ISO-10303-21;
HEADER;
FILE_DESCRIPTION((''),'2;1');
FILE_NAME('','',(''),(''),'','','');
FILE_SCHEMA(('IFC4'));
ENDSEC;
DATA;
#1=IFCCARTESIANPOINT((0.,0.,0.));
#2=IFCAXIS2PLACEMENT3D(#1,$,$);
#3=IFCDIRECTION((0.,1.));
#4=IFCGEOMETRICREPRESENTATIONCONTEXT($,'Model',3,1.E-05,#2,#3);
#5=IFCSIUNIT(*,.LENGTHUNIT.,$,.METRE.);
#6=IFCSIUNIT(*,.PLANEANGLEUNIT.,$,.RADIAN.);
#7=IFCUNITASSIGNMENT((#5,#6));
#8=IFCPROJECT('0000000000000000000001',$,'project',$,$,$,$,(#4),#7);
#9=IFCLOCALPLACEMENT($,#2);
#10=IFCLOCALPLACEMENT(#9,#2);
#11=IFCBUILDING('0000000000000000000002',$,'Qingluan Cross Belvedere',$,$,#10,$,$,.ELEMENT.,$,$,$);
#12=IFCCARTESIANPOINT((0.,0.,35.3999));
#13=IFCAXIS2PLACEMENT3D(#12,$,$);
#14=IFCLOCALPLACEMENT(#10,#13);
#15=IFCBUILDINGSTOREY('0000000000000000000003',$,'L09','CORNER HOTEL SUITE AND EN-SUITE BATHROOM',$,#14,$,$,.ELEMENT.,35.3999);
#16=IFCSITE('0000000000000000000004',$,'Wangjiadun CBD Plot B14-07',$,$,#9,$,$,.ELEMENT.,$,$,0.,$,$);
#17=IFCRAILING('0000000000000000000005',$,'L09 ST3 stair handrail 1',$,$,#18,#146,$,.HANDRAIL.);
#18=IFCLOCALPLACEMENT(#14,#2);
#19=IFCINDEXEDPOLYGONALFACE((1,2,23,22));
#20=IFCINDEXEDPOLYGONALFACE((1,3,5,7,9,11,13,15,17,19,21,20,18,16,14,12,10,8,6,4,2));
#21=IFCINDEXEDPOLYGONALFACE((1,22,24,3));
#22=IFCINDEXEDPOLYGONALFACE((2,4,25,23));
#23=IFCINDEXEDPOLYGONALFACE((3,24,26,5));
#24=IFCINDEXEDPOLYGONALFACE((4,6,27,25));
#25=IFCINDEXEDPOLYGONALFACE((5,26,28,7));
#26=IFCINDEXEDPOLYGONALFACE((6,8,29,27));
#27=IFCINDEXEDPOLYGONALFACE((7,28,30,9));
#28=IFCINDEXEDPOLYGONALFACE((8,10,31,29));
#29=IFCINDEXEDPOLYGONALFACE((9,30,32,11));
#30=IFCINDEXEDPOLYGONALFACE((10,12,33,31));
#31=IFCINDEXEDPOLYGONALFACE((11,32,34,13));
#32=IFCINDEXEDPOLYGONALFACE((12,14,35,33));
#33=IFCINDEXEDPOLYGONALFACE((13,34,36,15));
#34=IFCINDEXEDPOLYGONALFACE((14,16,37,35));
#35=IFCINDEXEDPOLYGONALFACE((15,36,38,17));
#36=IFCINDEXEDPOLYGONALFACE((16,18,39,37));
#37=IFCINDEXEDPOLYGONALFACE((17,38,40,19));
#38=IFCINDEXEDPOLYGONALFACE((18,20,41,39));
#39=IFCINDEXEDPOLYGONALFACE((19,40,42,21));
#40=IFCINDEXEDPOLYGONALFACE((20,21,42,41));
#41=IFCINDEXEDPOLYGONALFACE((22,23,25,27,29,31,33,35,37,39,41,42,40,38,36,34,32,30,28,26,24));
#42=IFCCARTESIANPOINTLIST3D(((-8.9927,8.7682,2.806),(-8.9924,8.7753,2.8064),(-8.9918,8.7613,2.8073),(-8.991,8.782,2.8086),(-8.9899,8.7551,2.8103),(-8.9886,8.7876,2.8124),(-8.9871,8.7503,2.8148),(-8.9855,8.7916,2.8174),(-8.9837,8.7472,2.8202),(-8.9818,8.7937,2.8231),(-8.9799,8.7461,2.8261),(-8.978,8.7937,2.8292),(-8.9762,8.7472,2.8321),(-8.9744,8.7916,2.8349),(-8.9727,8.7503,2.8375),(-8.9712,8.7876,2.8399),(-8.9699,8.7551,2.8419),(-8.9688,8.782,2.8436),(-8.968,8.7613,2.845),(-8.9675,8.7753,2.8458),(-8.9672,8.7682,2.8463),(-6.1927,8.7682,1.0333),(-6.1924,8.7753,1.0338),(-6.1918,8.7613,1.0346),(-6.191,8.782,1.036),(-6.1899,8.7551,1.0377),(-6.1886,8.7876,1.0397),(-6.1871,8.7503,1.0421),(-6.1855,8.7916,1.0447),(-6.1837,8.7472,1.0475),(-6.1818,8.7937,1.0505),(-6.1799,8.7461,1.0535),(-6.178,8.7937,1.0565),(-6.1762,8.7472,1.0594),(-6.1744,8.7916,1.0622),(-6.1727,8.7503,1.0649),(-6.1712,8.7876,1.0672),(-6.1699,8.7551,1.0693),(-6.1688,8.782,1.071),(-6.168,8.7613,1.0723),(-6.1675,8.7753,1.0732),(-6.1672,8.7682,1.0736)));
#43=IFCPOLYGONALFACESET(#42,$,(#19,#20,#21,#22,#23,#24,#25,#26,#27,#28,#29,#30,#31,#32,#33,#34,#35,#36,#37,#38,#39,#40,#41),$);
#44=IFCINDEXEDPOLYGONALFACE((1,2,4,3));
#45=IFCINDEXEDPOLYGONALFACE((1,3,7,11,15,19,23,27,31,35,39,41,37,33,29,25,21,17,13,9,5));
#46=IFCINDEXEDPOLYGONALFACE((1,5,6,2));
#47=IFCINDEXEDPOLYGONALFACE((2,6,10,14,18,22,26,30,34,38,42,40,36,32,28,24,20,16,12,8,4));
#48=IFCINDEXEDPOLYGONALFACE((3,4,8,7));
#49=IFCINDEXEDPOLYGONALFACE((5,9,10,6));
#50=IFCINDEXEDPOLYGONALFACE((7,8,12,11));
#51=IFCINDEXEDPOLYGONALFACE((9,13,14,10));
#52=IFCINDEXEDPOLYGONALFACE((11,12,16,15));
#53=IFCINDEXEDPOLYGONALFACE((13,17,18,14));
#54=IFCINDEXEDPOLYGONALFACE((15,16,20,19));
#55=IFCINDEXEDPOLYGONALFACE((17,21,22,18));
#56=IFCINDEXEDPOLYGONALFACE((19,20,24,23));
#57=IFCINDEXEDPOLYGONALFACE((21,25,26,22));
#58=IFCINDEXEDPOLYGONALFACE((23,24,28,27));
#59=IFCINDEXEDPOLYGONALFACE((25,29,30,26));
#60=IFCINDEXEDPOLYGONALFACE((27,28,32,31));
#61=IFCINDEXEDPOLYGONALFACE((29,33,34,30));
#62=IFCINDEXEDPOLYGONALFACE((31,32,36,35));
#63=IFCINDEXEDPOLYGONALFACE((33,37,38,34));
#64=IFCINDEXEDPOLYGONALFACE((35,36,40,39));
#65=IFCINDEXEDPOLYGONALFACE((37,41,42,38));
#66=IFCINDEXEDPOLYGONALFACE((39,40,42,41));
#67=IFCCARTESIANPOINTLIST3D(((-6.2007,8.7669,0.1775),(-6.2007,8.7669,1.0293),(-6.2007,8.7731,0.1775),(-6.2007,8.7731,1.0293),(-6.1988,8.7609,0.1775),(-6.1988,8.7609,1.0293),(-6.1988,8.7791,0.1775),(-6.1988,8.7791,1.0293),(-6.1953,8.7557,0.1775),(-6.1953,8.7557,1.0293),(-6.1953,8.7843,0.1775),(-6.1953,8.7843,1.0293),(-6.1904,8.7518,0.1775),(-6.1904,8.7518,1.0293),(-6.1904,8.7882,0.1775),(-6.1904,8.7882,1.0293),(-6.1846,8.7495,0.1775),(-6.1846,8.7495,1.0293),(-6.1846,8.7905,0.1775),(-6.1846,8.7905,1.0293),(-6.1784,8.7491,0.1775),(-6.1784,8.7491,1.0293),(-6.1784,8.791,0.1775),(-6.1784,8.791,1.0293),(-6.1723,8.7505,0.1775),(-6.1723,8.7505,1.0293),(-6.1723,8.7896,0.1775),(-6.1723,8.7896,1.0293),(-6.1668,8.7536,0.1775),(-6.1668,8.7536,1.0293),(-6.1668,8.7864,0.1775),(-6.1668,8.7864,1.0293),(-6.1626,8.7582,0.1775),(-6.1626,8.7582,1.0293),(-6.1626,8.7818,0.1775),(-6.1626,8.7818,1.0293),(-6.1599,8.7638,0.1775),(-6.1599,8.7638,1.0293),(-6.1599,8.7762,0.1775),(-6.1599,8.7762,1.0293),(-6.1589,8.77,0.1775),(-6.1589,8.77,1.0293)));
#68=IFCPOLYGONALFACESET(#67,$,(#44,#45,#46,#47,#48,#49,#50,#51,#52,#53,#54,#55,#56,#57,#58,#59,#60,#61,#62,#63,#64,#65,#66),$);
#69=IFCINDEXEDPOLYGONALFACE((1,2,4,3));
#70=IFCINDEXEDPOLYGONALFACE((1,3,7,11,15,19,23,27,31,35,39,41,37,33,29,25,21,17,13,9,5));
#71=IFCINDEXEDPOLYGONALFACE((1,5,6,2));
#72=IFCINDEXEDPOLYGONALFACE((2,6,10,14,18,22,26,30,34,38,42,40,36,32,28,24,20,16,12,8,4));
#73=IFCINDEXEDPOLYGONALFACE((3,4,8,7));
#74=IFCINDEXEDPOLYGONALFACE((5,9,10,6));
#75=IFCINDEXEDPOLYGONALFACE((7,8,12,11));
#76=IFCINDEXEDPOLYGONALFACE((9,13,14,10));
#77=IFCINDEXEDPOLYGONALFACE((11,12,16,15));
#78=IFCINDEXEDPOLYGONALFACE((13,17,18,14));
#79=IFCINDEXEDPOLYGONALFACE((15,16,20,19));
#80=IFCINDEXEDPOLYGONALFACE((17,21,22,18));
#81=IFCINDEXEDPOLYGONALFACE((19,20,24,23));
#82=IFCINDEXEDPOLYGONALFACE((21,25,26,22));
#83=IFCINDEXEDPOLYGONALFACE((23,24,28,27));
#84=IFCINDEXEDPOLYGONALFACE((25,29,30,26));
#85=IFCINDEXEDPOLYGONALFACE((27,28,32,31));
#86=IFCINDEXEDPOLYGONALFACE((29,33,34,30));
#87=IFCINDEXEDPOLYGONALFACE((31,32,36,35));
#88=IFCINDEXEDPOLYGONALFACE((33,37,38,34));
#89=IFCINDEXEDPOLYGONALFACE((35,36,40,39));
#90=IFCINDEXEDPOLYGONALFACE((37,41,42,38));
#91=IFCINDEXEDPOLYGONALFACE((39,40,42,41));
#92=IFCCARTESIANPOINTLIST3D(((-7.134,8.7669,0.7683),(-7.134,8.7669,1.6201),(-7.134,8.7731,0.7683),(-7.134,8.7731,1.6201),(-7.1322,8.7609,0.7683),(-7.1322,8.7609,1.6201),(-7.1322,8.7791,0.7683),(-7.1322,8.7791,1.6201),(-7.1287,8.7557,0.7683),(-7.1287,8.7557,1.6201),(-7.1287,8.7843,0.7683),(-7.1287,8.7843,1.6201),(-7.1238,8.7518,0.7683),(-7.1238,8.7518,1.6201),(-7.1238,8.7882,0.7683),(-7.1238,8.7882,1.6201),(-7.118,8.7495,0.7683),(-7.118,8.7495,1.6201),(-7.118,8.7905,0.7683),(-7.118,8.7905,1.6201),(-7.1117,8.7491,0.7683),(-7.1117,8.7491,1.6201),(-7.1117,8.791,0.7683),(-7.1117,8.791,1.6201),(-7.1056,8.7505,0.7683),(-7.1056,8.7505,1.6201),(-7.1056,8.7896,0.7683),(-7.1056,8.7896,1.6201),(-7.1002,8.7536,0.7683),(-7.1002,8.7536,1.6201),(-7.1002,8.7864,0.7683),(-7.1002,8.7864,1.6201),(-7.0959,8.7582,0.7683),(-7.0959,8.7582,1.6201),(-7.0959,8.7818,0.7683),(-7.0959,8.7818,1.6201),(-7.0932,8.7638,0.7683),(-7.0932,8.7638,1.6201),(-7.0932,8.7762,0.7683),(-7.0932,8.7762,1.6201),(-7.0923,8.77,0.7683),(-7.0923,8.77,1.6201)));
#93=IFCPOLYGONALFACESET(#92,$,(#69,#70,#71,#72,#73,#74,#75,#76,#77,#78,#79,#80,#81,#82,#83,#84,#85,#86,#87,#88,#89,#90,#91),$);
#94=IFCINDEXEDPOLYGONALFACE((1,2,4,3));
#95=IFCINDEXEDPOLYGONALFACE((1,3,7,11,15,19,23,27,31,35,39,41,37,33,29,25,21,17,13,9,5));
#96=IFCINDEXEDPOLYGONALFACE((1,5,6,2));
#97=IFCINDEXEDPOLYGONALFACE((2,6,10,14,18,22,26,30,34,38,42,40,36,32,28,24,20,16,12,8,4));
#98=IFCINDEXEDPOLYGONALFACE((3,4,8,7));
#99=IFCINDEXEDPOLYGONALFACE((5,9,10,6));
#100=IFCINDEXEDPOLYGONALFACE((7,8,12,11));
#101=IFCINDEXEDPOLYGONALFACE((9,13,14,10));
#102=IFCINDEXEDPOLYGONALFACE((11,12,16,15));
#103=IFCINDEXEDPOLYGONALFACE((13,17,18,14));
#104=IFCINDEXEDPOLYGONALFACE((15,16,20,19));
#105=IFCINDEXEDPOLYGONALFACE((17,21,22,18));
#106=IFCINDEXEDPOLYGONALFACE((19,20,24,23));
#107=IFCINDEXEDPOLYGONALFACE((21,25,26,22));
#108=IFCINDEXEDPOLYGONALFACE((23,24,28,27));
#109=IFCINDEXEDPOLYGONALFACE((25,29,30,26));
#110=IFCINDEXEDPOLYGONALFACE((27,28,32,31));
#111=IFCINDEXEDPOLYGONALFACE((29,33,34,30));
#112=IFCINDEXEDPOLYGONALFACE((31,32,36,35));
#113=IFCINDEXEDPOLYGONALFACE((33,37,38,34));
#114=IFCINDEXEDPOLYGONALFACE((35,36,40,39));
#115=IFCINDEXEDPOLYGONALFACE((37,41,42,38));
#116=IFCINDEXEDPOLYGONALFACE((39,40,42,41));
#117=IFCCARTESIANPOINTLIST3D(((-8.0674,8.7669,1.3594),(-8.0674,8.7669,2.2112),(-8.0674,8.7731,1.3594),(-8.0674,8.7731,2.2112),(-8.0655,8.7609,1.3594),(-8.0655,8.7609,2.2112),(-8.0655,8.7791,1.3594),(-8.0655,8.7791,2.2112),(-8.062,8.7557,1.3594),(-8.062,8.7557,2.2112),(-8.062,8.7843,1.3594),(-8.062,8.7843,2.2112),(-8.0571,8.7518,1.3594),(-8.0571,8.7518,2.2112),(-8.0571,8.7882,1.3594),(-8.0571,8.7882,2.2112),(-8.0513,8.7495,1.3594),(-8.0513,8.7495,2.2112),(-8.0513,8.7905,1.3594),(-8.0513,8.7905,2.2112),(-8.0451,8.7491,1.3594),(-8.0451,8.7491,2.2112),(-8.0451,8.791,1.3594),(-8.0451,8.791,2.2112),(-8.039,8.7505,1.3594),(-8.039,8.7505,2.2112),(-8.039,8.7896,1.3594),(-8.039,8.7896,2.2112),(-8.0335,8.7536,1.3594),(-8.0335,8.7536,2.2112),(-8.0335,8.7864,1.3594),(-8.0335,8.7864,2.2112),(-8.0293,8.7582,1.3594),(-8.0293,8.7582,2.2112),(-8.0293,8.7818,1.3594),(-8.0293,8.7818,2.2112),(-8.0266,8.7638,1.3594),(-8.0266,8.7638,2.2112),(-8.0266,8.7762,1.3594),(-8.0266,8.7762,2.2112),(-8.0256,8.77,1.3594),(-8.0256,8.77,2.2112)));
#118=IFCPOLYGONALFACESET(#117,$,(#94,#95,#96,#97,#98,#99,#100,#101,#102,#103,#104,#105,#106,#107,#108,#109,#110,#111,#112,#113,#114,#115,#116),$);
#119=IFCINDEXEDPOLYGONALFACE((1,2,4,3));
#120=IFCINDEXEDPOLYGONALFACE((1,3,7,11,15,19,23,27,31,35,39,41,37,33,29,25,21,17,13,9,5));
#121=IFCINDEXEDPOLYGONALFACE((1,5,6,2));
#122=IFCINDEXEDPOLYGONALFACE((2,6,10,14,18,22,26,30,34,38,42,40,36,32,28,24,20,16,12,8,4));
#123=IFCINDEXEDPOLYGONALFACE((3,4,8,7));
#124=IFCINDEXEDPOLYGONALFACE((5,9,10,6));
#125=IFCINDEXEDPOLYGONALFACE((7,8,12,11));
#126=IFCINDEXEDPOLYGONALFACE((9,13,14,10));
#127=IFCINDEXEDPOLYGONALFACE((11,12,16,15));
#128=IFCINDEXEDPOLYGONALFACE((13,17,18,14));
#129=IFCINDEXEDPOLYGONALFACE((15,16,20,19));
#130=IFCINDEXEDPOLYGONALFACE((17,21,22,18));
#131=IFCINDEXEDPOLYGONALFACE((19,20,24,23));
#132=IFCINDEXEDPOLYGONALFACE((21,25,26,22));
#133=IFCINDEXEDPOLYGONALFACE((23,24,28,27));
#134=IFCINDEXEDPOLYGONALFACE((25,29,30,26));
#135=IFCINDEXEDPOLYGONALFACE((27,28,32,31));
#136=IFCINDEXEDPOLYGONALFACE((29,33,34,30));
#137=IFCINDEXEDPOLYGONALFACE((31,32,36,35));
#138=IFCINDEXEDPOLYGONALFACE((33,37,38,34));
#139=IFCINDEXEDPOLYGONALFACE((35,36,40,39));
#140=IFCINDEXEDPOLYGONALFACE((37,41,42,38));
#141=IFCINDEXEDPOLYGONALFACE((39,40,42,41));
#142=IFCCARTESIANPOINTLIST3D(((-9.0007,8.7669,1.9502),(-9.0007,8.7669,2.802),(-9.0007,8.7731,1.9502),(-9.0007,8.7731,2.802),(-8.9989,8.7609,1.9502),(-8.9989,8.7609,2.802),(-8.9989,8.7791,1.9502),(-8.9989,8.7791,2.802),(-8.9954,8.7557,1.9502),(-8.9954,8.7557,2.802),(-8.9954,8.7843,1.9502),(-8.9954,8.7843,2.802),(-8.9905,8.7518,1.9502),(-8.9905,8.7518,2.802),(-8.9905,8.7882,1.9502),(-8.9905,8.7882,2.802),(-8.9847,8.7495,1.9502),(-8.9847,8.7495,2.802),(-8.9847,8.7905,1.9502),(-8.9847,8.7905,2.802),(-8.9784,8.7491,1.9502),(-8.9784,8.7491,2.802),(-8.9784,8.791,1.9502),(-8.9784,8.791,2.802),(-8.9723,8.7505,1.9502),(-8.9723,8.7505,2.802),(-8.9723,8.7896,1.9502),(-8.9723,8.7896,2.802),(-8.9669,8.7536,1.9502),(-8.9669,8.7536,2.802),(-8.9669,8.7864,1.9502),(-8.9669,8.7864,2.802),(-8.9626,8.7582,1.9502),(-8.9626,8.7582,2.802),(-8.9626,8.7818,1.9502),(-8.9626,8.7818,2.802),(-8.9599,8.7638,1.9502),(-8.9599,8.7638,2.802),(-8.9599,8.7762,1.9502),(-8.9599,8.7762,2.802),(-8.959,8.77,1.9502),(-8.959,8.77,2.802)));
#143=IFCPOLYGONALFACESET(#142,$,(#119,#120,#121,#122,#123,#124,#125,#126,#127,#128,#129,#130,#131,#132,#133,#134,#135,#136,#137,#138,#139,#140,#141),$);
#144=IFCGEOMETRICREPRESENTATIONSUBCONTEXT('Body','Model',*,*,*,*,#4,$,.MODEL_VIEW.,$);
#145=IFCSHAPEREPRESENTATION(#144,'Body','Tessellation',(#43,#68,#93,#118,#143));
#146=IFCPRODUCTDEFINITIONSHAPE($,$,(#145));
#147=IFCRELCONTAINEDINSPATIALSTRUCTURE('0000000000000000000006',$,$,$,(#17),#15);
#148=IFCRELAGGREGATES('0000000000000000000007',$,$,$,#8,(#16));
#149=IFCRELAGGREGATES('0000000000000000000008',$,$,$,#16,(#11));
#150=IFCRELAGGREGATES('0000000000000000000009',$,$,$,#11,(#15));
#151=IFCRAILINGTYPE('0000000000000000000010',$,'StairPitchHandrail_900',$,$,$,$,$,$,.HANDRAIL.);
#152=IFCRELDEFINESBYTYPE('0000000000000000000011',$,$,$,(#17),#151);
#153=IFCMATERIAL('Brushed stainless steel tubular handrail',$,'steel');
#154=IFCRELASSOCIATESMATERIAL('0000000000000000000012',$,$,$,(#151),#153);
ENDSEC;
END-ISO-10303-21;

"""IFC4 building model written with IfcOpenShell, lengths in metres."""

from ifc_helpers import new_model, si_unit, direction, frame, origin, origin_2d, place, context, subcontext, project, spatial, circle, extrude, material, type_object, element, save


model = new_model("IFC4")

# Units and contexts
model_context = context("Model", 3, precision=1e-05, world=origin(), true_north=direction((0.0, 1.0)))
body_context = subcontext(model_context, "Body", "Model", "MODEL_VIEW")
ifc_project = project(units=[si_unit("LENGTHUNIT", "METRE"), si_unit("PLANEANGLEUNIT", "RADIAN")], contexts=[model_context])

# Site, building, storey
site_placement = place(None, origin())
site = spatial("IfcSite", under=ifc_project, at=site_placement, Name="Wangjiadun CBD Plot B14-07", CompositionType="ELEMENT", RefElevation=0.0)
building_placement = place(site_placement, origin())
building = spatial("IfcBuilding", under=site, at=building_placement, Name="Qingluan Cross Belvedere", CompositionType="ELEMENT")
storey_placement = place(building_placement, frame((0.0, 0.0, 35.3999)))
storey = spatial("IfcBuildingStorey", under=building, at=storey_placement, Name="L09", Description="CORNER HOTEL SUITE AND EN-SUITE BATHROOM", CompositionType="ELEMENT", Elevation=35.3999)

# Railing
ifc_material_1 = material(Name="Brushed stainless steel tubular handrail", Category="steel")
railing_type_1 = type_object("IfcRailingType", Name="StairPitchHandrail_900", PredefinedType="HANDRAIL", material=ifc_material_1)
railing_1_placement = place(storey_placement, frame((-6.1799, 8.77, 0.1775)))
element("IfcRailing", 1, at=railing_1_placement, inside=storey, type_object=railing_type_1, Name="L09 ST3 stair handrail 1", PredefinedType="HANDRAIL", context=body_context, shape_type="SweptSolid", body=[
    extrude(circle(Radius=0.0239, at=origin_2d()), frame((0.0, 0.0, 0.876), z_axis=(-0.844909, 0.0, 0.53491), x_axis=(0.0, -1.0, 0.0)), (0.0, 0.0, 1.0), 3.314),
    extrude(circle(Radius=0.021, at=origin_2d()), origin(), (0.0, 0.0, 1.0), 0.8518),
    extrude(circle(Radius=0.021, at=origin_2d()), frame((-0.9333, 0.0, 0.5908)), (0.0, 0.0, 1.0), 0.8518),
    extrude(circle(Radius=0.021, at=origin_2d()), frame((-1.8667, 0.0, 1.1819)), (0.0, 0.0, 1.0), 0.8518),
    extrude(circle(Radius=0.021, at=origin_2d()), frame((-2.8, 0.0, 1.7727)), (0.0, 0.0, 1.0), 0.8518),
])

save(model, "model.ifc")
